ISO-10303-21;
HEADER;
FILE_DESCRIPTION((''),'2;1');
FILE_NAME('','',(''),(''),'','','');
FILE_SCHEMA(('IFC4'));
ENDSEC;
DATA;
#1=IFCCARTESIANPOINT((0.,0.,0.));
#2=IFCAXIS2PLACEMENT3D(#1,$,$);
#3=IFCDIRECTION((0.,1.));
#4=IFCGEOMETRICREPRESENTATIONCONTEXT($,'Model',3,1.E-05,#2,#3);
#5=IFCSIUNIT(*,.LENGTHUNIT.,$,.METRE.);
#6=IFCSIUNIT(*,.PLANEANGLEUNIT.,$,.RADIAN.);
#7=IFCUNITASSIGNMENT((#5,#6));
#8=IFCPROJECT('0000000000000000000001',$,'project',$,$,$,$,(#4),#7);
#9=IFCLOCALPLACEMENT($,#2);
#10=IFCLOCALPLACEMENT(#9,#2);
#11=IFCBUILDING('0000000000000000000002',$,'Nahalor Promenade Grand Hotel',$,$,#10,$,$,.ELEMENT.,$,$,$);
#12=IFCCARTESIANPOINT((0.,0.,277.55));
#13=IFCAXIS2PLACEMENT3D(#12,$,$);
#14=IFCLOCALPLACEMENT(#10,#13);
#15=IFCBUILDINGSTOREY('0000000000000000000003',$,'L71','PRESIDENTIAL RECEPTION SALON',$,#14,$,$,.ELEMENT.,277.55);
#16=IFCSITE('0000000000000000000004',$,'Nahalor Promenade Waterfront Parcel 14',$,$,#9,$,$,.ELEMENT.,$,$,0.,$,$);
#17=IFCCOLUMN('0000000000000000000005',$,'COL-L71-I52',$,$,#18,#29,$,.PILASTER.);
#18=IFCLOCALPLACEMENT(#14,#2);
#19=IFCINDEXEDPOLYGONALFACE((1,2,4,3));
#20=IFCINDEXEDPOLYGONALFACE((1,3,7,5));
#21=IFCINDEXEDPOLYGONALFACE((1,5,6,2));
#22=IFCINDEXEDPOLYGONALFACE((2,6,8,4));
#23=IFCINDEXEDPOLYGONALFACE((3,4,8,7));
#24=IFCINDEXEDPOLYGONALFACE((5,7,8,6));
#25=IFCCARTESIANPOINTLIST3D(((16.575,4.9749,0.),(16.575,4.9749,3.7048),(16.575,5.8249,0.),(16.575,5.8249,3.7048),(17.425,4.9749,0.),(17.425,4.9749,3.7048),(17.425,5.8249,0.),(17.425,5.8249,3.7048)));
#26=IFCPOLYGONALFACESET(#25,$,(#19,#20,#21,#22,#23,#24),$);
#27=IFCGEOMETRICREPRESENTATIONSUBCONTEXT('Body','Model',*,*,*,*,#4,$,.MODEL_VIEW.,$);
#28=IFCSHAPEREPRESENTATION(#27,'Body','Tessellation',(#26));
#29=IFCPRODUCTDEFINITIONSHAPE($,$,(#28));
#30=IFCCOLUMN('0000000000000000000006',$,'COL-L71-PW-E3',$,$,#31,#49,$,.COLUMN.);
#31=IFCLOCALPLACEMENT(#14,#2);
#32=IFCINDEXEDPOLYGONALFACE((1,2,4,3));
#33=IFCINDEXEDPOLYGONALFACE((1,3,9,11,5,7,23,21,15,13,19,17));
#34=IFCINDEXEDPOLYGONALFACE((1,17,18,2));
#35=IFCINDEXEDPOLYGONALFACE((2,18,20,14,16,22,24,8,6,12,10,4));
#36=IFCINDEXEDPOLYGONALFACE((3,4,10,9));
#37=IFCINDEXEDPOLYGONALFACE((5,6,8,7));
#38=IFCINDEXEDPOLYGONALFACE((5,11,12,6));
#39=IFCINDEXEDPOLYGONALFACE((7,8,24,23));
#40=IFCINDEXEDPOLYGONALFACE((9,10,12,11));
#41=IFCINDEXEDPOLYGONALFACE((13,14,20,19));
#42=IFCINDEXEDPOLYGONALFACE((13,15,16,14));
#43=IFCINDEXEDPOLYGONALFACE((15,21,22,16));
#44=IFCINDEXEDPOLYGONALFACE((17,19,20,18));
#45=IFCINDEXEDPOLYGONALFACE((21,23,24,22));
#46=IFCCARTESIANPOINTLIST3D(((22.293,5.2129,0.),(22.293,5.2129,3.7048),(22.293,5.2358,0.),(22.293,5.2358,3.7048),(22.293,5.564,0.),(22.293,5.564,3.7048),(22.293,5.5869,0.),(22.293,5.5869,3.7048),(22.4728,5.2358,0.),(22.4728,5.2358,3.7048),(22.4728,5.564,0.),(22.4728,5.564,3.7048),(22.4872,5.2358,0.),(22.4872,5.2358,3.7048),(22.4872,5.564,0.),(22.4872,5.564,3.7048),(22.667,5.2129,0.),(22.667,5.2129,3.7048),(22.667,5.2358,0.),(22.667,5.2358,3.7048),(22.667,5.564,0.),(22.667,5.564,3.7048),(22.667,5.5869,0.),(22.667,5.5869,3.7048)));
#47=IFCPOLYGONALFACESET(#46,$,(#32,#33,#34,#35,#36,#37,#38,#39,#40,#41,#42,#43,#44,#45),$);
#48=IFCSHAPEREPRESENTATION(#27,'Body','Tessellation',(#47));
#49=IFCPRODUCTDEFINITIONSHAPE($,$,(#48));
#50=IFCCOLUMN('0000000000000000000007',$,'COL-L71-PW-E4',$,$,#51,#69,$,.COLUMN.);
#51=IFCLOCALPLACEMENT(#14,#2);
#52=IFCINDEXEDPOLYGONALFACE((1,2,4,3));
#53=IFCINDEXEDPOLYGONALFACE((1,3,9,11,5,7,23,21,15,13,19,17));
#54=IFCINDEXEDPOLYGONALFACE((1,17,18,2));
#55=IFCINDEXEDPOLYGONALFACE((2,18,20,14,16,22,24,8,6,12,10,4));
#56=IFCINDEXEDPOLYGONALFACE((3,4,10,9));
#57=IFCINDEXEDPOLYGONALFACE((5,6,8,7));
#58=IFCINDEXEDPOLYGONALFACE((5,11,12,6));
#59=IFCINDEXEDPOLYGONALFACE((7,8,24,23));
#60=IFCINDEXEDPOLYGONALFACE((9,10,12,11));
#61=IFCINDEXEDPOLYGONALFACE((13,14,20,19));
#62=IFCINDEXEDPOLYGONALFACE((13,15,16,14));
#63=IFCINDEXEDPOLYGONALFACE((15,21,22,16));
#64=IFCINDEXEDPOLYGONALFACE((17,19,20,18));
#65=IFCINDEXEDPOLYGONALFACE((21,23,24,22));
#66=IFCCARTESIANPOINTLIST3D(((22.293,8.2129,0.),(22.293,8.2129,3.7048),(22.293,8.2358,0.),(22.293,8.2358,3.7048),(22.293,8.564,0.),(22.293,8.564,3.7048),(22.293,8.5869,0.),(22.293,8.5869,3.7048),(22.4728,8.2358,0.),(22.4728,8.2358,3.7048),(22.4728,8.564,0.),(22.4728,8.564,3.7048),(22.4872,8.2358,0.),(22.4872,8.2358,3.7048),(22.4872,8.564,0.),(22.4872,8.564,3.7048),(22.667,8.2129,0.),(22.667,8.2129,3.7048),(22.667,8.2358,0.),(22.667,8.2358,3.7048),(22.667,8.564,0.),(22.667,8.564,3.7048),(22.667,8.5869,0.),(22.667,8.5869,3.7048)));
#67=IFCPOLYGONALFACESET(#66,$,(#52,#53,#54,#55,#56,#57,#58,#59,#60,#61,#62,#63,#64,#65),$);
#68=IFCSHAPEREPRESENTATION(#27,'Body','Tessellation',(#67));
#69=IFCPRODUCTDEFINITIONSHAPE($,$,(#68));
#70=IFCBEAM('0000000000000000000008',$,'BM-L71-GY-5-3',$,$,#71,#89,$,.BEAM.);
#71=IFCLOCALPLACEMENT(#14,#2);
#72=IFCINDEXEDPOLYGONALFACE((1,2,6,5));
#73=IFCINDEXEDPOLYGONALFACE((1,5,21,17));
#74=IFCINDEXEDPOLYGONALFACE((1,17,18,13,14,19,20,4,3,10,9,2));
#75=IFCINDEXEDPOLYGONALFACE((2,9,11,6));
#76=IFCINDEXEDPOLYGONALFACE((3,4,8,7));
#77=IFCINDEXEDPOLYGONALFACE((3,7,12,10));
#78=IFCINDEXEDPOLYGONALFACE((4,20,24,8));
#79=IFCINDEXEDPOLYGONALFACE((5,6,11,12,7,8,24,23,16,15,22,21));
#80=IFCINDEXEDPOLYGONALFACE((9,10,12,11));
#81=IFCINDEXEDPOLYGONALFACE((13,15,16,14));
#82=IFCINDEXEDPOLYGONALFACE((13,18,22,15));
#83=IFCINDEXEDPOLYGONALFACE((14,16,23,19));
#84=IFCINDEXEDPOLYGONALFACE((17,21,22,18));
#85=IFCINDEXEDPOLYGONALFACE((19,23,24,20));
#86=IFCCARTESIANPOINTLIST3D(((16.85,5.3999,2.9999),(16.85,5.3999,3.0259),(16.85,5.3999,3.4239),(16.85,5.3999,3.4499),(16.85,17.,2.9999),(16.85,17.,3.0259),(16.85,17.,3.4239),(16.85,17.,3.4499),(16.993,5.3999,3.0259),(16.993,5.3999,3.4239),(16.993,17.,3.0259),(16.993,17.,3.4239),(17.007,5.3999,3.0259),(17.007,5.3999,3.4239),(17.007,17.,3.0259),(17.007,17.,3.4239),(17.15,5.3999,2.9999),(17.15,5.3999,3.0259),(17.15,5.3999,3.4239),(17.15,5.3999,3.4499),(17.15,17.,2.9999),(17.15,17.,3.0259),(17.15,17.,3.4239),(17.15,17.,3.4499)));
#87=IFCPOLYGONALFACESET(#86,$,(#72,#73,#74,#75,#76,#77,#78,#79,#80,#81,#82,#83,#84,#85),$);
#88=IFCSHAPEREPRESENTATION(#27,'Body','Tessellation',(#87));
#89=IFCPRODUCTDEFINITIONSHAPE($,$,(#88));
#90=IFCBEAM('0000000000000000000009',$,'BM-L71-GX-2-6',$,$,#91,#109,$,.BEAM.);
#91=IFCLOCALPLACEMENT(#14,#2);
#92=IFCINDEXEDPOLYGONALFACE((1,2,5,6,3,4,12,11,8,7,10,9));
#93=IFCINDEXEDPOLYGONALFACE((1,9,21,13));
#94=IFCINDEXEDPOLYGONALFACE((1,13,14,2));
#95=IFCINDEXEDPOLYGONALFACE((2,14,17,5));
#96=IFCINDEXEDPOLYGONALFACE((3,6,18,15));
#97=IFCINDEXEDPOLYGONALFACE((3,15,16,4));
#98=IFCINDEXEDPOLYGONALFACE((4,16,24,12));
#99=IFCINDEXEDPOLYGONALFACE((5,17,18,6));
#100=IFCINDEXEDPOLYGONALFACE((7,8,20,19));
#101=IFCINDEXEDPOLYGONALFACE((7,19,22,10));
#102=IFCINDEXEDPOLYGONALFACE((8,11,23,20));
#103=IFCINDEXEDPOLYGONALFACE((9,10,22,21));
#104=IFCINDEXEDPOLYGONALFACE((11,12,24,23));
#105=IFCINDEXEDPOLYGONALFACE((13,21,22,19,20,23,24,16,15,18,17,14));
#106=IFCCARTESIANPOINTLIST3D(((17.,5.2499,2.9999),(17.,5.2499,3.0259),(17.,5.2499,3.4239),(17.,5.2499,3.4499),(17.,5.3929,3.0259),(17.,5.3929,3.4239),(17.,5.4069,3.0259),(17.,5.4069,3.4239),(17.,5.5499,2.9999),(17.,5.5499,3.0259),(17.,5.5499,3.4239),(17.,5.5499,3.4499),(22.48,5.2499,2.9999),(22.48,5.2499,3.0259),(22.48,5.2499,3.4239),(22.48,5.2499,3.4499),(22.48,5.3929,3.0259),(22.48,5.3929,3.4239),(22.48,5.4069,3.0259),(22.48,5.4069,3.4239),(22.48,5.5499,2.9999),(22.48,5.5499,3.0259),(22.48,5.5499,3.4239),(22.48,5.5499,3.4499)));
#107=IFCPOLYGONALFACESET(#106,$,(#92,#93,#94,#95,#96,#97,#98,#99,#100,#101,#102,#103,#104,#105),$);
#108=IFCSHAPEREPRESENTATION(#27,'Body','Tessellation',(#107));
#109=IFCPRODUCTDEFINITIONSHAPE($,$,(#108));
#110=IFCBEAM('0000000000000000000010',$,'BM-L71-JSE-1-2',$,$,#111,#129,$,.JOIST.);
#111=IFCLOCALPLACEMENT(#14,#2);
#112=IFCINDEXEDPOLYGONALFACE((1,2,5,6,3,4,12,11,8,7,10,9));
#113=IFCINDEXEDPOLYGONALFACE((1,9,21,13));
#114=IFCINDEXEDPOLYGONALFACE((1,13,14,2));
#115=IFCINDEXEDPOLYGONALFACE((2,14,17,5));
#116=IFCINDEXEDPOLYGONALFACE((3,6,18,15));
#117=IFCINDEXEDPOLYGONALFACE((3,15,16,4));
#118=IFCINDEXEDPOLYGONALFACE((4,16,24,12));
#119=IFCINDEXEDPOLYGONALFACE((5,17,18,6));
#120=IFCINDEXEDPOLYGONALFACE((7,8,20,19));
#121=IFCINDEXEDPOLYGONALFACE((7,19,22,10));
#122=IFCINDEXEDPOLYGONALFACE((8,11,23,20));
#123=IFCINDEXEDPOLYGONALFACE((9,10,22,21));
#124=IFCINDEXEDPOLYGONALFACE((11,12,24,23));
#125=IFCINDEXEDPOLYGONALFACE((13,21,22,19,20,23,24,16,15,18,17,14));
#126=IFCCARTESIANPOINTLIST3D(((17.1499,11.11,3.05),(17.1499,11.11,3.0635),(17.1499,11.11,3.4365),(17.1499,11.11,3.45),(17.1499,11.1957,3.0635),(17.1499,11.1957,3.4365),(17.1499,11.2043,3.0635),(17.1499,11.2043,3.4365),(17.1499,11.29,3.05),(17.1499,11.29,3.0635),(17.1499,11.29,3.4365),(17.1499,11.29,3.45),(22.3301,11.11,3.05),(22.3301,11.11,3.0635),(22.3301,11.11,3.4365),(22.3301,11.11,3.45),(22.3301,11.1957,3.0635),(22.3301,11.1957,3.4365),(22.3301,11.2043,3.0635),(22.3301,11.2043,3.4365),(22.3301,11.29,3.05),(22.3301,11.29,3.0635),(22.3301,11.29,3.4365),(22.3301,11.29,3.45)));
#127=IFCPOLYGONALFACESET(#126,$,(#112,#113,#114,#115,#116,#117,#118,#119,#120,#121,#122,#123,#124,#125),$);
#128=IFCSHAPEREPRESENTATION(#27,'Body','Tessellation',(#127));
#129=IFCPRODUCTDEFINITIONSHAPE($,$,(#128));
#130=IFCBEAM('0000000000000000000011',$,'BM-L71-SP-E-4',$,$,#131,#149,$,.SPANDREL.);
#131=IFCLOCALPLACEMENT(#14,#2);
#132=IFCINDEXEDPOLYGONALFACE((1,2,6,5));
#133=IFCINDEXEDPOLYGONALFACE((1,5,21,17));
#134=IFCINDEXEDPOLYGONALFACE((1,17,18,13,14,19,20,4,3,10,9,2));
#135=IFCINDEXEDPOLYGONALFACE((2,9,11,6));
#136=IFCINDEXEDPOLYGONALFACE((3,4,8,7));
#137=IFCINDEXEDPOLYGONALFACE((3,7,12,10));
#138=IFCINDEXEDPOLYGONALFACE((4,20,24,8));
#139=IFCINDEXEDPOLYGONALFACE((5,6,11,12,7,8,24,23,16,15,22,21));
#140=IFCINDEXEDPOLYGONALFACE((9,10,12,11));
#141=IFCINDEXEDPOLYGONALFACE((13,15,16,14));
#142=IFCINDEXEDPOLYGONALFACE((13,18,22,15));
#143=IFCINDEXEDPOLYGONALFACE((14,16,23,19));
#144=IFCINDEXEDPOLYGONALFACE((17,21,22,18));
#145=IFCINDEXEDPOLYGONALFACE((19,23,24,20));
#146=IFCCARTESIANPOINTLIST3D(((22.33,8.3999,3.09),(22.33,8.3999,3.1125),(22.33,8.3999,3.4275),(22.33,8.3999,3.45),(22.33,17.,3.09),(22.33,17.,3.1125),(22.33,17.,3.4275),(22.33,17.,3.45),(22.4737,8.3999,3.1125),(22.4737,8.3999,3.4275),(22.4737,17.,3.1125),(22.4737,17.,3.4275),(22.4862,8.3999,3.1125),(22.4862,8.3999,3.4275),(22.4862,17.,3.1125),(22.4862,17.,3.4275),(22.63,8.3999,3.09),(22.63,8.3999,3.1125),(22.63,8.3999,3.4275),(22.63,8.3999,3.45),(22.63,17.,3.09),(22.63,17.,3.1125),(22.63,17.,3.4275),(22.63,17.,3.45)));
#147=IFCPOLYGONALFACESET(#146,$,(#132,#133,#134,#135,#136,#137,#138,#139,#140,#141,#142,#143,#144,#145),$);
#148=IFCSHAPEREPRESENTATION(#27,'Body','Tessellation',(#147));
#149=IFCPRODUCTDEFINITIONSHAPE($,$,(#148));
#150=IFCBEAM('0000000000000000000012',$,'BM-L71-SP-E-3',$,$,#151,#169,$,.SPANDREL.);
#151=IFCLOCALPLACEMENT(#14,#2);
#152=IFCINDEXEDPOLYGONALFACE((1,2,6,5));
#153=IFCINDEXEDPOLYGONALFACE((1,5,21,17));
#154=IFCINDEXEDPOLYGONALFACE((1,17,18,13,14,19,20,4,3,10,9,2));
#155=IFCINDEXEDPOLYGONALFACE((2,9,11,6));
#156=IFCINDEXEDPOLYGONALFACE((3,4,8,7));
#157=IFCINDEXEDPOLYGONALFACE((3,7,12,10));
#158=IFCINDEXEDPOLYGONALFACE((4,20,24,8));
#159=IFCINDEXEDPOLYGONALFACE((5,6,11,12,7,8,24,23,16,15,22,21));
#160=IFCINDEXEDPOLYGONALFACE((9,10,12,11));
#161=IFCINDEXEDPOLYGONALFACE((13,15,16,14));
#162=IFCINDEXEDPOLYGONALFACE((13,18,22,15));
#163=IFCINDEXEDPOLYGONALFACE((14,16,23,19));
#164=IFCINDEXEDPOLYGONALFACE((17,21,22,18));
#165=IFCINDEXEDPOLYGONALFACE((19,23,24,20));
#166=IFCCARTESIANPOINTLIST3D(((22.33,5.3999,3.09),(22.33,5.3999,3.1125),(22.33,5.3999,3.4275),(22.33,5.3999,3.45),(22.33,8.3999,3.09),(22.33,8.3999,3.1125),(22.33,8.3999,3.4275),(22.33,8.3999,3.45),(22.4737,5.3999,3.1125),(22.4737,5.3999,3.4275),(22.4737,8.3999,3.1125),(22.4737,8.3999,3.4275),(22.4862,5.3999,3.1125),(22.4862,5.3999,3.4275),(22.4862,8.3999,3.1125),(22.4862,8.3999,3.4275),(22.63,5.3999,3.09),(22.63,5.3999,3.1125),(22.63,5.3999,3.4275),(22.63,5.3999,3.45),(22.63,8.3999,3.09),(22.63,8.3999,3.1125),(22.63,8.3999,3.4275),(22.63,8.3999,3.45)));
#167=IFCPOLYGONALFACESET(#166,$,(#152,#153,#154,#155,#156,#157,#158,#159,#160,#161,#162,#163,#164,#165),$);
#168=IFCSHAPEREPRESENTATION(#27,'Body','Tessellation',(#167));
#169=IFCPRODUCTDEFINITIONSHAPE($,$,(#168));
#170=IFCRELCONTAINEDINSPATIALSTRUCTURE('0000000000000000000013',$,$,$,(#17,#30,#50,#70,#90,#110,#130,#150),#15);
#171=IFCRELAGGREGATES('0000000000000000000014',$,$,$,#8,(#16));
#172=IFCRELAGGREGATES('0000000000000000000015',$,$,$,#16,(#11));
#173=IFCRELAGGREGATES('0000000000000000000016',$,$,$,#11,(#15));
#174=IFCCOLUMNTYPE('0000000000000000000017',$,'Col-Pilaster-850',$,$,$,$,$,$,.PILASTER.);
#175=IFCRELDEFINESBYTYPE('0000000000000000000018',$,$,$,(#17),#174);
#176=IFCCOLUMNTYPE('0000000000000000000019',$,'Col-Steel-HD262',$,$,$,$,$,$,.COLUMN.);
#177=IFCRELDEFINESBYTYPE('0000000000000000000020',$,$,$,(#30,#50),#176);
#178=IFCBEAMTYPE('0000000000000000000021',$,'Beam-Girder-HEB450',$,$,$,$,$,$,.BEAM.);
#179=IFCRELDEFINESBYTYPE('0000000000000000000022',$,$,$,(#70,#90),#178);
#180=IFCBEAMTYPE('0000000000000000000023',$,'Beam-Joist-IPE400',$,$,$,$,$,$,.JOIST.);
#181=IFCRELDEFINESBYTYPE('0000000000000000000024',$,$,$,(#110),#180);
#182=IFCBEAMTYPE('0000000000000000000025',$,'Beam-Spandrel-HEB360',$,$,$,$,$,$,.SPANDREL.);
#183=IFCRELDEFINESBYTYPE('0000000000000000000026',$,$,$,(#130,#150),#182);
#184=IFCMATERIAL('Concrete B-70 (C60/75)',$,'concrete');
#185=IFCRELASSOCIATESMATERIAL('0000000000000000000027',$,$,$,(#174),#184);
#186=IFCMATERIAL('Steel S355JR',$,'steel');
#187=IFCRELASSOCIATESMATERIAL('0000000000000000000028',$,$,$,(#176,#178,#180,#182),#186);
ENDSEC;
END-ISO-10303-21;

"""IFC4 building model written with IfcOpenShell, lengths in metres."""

from ifc_helpers import new_model, si_unit, direction, frame, origin, origin_2d, place, context, subcontext, project, spatial, rectangle, i_section, extrude, source, transform, mapped, material, material_profile, profile_set, type_object, element, save


model = new_model("IFC4")

# Units and contexts
model_context = context("Model", 3, precision=1e-05, world=origin(), true_north=direction((0.0, 1.0)))
body_context = subcontext(model_context, "Body", "Model", "MODEL_VIEW")
ifc_project = project(units=[si_unit("LENGTHUNIT", "METRE"), si_unit("PLANEANGLEUNIT", "RADIAN")], contexts=[model_context])

# Site, building, storey
site_placement = place(None, origin())
site = spatial("IfcSite", under=ifc_project, at=site_placement, Name="Nahalor Promenade Waterfront Parcel 14", CompositionType="ELEMENT", RefElevation=0.0)
building_placement = place(site_placement, origin())
building = spatial("IfcBuilding", under=site, at=building_placement, Name="Nahalor Promenade Grand Hotel", CompositionType="ELEMENT")
storey_placement = place(building_placement, frame((0.0, 0.0, 277.55)))
storey = spatial("IfcBuildingStorey", under=building, at=storey_placement, Name="L71", Description="PRESIDENTIAL RECEPTION SALON", CompositionType="ELEMENT", Elevation=277.55)

# Columns
ifc_material_1 = material(Name="Concrete B-70 (C60/75)", Category="concrete")
ifc_material_profile_1 = material_profile(ifc_material_1, rectangle(XDim=0.85, YDim=0.85, at=origin_2d()), Name="RC 850x850")
ifc_profile_set_1 = profile_set([ifc_material_profile_1], Name="Concrete B-70 (C60/75)")
column_type_1 = type_object("IfcColumnType", Name="Col-Pilaster-850", PredefinedType="PILASTER", material=ifc_profile_set_1)
shared_shape_1 = source(origin(), body_context, "Body", "SweptSolid", [
    extrude(rectangle(XDim=0.85, YDim=0.85, at=origin_2d()), origin(), (0.0, 0.0, 1.0), 3.7048),
])
column_placement = place(storey_placement, frame((17.0, 5.3999, 0.0), z_axis=(0.0, 0.0, 1.0), x_axis=(1.0, 0.0, 0.0)))
element("IfcColumn", 1, at=column_placement, inside=storey, type_object=column_type_1, Name="COL-L71-I52", PredefinedType="PILASTER", context=body_context, shape_type="MappedRepresentation", body=[
    mapped(shared_shape_1, transform((0.0, 0.0, 0.0), scale=1.0)),
])
ifc_material_2 = material(Name="Steel S355JR", Category="steel")
ifc_material_profile_2 = material_profile(ifc_material_2, i_section(OverallWidth=0.374, OverallDepth=0.374, WebThickness=0.0144, FlangeThickness=0.0229, at=origin_2d()), Name="HD 360x262")
ifc_profile_set_2 = profile_set([ifc_material_profile_2], Name="Steel S355JR")
column_type_2 = type_object("IfcColumnType", Name="Col-Steel-HD262", PredefinedType="COLUMN", material=ifc_profile_set_2)
shared_shape_2 = source(origin(), body_context, "Body", "SweptSolid", [
    extrude(i_section(OverallWidth=0.374, OverallDepth=0.374, WebThickness=0.0144, FlangeThickness=0.0229, at=origin_2d()), origin(), (0.0, 0.0, 1.0), 3.7048),
])
for number, where, z_axis, x_axis, name in (
    (2, (22.48, 5.3999, 0.0), (0.0, 0.0, 1.0), (1.0, 0.0, 0.0), "COL-L71-PW-E3"),
    (3, (22.48, 8.3999, 0.0), (0.0, 0.0, 1.0), (1.0, 0.0, 0.0), "COL-L71-PW-E4"),
):
    element("IfcColumn", number, at=place(storey_placement, frame(where, z_axis=z_axis, x_axis=x_axis)), inside=storey, type_object=column_type_2, Name=name, PredefinedType="COLUMN", context=body_context, shape_type="MappedRepresentation", body=[
        mapped(shared_shape_2, transform((0.0, 0.0, 0.0), scale=1.0)),
    ])

# Beams
ifc_material_profile_3 = material_profile(ifc_material_2, i_section(OverallWidth=0.3, OverallDepth=0.45, WebThickness=0.014, FlangeThickness=0.026, at=origin_2d()), Name="HEB 450")
ifc_profile_set_3 = profile_set([ifc_material_profile_3], Name="Steel S355JR")
beam_type_1 = type_object("IfcBeamType", Name="Beam-Girder-HEB450", PredefinedType="BEAM", material=ifc_profile_set_3)
shared_shape_3 = source(origin(), body_context, "Body", "SweptSolid", [
    extrude(i_section(OverallWidth=0.3, OverallDepth=0.45, WebThickness=0.014, FlangeThickness=0.026, at=origin_2d()), origin(), (0.0, 0.0, 1.0), 11.6001),
])
beam_1_placement = place(storey_placement, frame((17.0, 5.3999, 3.2249), z_axis=(0.0, 1.0, 0.0), x_axis=(-1.0, 0.0, 0.0)))
element("IfcBeam", 4, at=beam_1_placement, inside=storey, type_object=beam_type_1, Name="BM-L71-GY-5-3", PredefinedType="BEAM", context=body_context, shape_type="MappedRepresentation", body=[
    mapped(shared_shape_3, transform((0.0, 0.0, 0.0), scale=1.0)),
])
shared_shape_4 = source(origin(), body_context, "Body", "SweptSolid", [
    extrude(i_section(OverallWidth=0.3, OverallDepth=0.45, WebThickness=0.014, FlangeThickness=0.026, at=origin_2d()), origin(), (0.0, 0.0, 1.0), 5.48),
])
beam_2_placement = place(storey_placement, frame((17.0, 5.3999, 3.2249), z_axis=(1.0, 0.0, 0.0), x_axis=(0.0, 1.0, 0.0)))
element("IfcBeam", 5, at=beam_2_placement, inside=storey, type_object=beam_type_1, Name="BM-L71-GX-2-6", PredefinedType="BEAM", context=body_context, shape_type="MappedRepresentation", body=[
    mapped(shared_shape_4, transform((0.0, 0.0, 0.0), scale=1.0)),
])
ifc_material_profile_4 = material_profile(ifc_material_2, i_section(OverallWidth=0.18, OverallDepth=0.4, WebThickness=0.0086, FlangeThickness=0.0135, at=origin_2d()), Name="IPE 400")
ifc_profile_set_4 = profile_set([ifc_material_profile_4], Name="Steel S355JR")
beam_type_2 = type_object("IfcBeamType", Name="Beam-Joist-IPE400", PredefinedType="JOIST", material=ifc_profile_set_4)
shared_shape_5 = source(origin(), body_context, "Body", "SweptSolid", [
    extrude(i_section(OverallWidth=0.18, OverallDepth=0.4, WebThickness=0.0086, FlangeThickness=0.0135, at=origin_2d()), origin(), (0.0, 0.0, 1.0), 5.1802),
])
beam_3_placement = place(storey_placement, frame((17.1499, 11.2, 3.25), z_axis=(1.0, 0.0, 0.0), x_axis=(0.0, 1.0, 0.0)))
element("IfcBeam", 6, at=beam_3_placement, inside=storey, type_object=beam_type_2, Name="BM-L71-JSE-1-2", PredefinedType="JOIST", context=body_context, shape_type="MappedRepresentation", body=[
    mapped(shared_shape_5, transform((0.0, 0.0, 0.0), scale=1.0)),
])
ifc_material_profile_5 = material_profile(ifc_material_2, i_section(OverallWidth=0.3, OverallDepth=0.36, WebThickness=0.0125, FlangeThickness=0.0225, at=origin_2d()), Name="HEB 360")
ifc_profile_set_5 = profile_set([ifc_material_profile_5], Name="Steel S355JR")
beam_type_3 = type_object("IfcBeamType", Name="Beam-Spandrel-HEB360", PredefinedType="SPANDREL", material=ifc_profile_set_5)
shared_shape_6 = source(origin(), body_context, "Body", "SweptSolid", [
    extrude(i_section(OverallWidth=0.3, OverallDepth=0.36, WebThickness=0.0125, FlangeThickness=0.0225, at=origin_2d()), origin(), (0.0, 0.0, 1.0), 8.6001),
])
beam_4_placement = place(storey_placement, frame((22.48, 8.3999, 3.27), z_axis=(0.0, 1.0, 0.0), x_axis=(-1.0, 0.0, 0.0)))
element("IfcBeam", 7, at=beam_4_placement, inside=storey, type_object=beam_type_3, Name="BM-L71-SP-E-4", PredefinedType="SPANDREL", context=body_context, shape_type="MappedRepresentation", body=[
    mapped(shared_shape_6, transform((0.0, 0.0, 0.0), scale=1.0)),
])
shared_shape_7 = source(origin(), body_context, "Body", "SweptSolid", [
    extrude(i_section(OverallWidth=0.3, OverallDepth=0.36, WebThickness=0.0125, FlangeThickness=0.0225, at=origin_2d()), origin(), (0.0, 0.0, 1.0), 3.0),
])
beam_5_placement = place(storey_placement, frame((22.48, 5.3999, 3.27), z_axis=(0.0, 1.0, 0.0), x_axis=(-1.0, 0.0, 0.0)))
element("IfcBeam", 8, at=beam_5_placement, inside=storey, type_object=beam_type_3, Name="BM-L71-SP-E-3", PredefinedType="SPANDREL", context=body_context, shape_type="MappedRepresentation", body=[
    mapped(shared_shape_7, transform((0.0, 0.0, 0.0), scale=1.0)),
])

save(model, "model.ifc")
